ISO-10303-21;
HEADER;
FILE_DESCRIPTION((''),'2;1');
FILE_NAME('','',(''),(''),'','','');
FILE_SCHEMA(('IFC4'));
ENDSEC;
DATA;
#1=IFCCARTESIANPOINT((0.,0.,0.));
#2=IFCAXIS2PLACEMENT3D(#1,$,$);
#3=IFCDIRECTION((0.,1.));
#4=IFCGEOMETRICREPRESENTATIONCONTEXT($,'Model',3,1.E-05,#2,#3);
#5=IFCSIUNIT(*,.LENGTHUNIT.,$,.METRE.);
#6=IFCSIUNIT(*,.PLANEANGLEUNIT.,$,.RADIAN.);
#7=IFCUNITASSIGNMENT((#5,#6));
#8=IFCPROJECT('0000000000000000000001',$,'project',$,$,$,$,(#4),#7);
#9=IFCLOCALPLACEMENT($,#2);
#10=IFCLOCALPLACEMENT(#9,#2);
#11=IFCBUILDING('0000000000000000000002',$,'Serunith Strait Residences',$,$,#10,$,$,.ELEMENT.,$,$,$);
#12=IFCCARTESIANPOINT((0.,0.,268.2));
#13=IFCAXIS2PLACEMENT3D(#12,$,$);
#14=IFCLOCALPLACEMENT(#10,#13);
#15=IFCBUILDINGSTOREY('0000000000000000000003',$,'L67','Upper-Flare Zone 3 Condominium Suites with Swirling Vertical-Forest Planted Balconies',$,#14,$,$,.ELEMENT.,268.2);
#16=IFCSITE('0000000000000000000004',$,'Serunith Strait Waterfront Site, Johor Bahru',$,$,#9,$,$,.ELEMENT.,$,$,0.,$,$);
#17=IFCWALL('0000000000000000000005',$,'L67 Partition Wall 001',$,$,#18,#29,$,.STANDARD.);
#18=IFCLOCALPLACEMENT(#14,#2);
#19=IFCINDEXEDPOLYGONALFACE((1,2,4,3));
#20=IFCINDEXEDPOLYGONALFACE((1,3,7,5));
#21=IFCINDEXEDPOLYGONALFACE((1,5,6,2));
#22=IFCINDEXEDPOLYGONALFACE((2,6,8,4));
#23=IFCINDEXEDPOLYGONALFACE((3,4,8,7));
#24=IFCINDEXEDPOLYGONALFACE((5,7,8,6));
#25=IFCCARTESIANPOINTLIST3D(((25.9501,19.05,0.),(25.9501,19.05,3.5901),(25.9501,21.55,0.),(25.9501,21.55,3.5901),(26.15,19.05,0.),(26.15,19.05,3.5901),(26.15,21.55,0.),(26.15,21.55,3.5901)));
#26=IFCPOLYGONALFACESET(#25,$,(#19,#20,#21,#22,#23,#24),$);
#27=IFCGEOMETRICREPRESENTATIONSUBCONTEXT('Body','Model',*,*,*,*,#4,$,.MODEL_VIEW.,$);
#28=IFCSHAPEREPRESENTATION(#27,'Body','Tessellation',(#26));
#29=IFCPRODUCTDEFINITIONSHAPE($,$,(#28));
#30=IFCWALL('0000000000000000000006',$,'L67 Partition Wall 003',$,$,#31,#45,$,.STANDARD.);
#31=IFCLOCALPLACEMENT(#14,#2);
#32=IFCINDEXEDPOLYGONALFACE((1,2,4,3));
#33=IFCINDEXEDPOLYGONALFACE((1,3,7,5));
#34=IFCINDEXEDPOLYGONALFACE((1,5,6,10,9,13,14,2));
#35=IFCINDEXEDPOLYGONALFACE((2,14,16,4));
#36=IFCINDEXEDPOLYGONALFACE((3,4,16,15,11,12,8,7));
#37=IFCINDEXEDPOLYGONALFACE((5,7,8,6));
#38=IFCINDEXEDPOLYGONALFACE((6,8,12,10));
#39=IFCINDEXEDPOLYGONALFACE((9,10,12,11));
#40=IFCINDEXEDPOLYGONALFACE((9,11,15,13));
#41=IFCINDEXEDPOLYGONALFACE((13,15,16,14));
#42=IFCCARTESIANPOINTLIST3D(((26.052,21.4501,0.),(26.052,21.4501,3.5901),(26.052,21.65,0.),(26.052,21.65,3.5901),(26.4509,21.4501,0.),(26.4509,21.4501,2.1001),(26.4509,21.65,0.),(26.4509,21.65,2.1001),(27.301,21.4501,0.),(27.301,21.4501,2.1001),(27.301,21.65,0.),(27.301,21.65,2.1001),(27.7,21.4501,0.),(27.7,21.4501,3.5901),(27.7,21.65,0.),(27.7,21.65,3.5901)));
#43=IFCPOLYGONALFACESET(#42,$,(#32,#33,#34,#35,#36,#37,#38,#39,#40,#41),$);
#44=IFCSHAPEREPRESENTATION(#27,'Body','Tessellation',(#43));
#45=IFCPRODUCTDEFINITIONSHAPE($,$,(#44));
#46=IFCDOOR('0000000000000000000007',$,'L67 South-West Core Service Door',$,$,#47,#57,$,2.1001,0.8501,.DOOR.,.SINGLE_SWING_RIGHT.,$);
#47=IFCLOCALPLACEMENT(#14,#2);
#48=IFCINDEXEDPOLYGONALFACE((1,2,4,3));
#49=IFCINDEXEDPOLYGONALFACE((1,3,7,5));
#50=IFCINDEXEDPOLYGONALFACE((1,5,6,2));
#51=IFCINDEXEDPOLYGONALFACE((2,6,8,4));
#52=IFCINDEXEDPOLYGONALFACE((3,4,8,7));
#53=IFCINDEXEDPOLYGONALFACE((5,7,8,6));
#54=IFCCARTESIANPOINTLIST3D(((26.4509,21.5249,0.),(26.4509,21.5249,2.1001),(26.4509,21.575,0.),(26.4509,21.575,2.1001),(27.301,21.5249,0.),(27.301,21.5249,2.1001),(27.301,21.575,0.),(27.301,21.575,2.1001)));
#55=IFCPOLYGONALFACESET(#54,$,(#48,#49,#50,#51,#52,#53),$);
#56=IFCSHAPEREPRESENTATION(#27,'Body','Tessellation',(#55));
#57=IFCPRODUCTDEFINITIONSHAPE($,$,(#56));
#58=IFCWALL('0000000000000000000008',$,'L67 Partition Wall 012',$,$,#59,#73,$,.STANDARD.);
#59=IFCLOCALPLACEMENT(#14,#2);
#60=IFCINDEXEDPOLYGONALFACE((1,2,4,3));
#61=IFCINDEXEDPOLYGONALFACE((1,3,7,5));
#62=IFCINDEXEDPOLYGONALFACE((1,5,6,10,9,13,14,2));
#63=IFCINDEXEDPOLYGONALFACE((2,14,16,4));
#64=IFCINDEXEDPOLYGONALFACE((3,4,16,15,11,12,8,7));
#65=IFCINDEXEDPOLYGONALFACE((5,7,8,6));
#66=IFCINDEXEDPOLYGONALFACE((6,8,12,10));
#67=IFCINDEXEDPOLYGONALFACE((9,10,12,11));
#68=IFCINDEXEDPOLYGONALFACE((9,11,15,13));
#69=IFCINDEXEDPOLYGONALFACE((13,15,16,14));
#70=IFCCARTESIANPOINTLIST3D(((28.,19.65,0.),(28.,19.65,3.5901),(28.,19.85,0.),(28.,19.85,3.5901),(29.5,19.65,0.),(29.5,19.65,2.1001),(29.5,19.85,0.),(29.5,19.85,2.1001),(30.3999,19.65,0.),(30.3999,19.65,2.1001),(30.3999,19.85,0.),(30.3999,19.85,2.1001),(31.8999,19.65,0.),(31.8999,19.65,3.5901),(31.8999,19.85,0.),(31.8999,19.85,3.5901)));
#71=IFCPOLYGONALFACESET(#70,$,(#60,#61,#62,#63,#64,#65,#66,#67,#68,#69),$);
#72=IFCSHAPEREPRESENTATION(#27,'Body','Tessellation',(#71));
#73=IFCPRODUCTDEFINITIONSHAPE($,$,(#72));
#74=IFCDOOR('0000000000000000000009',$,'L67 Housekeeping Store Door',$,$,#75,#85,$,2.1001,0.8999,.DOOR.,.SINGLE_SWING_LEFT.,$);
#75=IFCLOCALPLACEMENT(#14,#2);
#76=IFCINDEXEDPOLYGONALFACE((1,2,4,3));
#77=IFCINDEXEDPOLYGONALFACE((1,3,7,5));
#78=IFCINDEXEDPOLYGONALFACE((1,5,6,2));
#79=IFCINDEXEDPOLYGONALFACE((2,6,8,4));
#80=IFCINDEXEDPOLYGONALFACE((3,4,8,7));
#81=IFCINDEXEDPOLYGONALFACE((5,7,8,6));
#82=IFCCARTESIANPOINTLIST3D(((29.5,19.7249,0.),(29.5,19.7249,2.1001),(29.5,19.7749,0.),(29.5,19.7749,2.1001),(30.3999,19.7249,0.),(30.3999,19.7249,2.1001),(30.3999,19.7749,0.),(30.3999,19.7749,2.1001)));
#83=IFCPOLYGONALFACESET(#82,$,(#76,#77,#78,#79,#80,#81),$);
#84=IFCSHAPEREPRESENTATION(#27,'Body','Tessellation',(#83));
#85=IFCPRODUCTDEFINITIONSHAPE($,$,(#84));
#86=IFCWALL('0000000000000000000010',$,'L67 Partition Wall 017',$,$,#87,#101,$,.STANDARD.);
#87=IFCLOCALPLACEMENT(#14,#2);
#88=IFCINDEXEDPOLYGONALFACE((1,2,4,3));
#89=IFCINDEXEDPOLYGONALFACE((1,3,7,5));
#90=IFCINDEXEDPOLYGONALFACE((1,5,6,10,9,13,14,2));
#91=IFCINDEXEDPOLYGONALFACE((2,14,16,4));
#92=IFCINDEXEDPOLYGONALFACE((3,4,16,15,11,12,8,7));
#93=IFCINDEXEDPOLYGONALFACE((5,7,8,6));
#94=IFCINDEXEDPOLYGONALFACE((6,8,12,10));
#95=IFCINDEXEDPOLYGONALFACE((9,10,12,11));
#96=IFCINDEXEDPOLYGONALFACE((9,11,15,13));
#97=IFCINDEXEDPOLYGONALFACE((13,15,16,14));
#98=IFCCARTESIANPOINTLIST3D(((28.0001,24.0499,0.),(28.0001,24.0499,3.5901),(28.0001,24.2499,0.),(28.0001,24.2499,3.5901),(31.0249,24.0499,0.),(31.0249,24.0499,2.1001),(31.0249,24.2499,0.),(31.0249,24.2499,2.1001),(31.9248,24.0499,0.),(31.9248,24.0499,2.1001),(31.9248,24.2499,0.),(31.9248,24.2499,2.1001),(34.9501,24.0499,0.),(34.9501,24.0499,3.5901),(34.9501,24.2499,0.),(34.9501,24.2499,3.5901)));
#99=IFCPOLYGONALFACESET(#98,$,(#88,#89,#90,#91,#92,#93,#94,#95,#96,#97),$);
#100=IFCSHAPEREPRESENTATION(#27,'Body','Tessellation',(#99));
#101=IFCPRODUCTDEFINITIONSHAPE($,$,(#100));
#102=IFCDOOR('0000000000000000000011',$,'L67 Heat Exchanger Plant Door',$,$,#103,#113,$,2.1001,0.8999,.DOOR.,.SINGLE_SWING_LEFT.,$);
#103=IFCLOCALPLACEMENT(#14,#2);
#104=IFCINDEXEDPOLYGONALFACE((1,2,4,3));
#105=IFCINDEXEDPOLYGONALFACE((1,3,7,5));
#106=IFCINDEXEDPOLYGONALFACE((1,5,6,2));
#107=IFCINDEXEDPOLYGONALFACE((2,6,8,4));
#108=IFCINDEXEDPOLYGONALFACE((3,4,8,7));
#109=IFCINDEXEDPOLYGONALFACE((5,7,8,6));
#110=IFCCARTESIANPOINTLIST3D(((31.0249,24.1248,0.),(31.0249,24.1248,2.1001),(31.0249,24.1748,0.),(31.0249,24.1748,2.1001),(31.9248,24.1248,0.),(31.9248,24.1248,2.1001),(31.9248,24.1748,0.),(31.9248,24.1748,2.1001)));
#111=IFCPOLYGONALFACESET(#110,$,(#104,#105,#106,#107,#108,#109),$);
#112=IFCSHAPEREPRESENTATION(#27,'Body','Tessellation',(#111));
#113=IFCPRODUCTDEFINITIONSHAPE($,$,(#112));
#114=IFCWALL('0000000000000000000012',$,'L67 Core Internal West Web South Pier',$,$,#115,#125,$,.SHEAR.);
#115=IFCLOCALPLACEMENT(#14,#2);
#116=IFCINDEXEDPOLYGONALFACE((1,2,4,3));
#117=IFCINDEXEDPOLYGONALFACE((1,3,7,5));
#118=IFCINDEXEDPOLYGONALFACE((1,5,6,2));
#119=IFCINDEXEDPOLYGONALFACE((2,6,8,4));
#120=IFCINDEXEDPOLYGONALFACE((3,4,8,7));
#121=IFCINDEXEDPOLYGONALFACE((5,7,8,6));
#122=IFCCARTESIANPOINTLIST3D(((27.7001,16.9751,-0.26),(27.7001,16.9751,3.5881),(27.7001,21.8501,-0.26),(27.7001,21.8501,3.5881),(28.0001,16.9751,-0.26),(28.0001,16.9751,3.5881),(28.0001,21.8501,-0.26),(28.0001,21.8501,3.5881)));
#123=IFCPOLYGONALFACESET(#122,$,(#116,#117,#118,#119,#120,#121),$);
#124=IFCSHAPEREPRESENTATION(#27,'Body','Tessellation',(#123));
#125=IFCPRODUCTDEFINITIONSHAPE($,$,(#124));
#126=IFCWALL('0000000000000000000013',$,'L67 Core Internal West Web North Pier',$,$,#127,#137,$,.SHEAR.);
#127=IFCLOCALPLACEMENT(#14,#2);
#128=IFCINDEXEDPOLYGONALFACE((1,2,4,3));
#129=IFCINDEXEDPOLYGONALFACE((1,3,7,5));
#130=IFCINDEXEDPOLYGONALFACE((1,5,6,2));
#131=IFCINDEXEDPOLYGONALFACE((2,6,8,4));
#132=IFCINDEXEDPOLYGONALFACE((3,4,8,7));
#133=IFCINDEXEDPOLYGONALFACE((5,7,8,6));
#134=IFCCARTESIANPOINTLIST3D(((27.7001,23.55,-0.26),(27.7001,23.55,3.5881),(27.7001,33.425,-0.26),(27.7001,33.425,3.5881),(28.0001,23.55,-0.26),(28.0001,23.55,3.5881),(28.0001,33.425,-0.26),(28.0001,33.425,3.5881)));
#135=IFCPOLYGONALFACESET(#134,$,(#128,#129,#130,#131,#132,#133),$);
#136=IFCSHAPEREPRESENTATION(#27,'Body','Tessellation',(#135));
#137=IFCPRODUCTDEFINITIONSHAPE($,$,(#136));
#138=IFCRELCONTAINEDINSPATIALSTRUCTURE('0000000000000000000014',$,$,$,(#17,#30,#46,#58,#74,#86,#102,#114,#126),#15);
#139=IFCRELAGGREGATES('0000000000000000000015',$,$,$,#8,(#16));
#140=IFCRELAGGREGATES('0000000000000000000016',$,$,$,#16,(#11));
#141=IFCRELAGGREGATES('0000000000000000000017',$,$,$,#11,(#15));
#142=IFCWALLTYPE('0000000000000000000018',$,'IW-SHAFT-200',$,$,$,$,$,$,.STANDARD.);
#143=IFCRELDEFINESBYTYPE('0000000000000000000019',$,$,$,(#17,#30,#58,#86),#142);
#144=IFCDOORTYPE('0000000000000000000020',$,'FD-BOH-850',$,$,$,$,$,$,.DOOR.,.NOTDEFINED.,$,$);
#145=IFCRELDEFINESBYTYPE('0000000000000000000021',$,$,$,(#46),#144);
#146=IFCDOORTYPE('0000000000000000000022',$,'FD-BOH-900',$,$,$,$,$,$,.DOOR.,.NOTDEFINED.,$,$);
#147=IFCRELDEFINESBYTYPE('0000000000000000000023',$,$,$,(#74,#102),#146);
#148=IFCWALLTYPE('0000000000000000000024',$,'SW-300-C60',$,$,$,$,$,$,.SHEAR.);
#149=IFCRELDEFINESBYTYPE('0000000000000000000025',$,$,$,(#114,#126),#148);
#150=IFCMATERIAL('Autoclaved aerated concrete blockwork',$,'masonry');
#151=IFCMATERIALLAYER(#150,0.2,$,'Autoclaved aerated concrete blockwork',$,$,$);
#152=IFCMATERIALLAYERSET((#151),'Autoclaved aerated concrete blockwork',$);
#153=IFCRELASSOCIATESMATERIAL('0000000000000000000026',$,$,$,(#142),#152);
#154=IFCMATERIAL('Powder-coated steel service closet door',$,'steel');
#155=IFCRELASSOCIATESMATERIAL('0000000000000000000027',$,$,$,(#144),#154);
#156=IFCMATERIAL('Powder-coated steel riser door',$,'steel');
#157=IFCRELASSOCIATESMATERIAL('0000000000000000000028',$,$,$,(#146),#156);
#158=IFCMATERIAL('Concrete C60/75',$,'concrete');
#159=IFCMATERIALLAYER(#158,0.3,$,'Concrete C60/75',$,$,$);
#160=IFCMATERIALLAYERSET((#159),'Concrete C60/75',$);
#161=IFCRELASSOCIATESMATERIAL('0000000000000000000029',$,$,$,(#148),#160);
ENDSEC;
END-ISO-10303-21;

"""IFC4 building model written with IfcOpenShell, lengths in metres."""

from ifc_helpers import new_model, si_unit, direction, frame, frame_2d, origin, place, context, subcontext, project, spatial, rectangle, extrude, source, transform, mapped, material, layer, layer_set, type_object, element, fill, save


model = new_model("IFC4")

# Units and contexts
model_context = context("Model", 3, precision=1e-05, world=origin(), true_north=direction((0.0, 1.0)))
body_context = subcontext(model_context, "Body", "Model", "MODEL_VIEW")
ifc_project = project(units=[si_unit("LENGTHUNIT", "METRE"), si_unit("PLANEANGLEUNIT", "RADIAN")], contexts=[model_context])

# Site, building, storey
site_placement = place(None, origin())
site = spatial("IfcSite", under=ifc_project, at=site_placement, Name="Serunith Strait Waterfront Site, Johor Bahru", CompositionType="ELEMENT", RefElevation=0.0)
building_placement = place(site_placement, origin())
building = spatial("IfcBuilding", under=site, at=building_placement, Name="Serunith Strait Residences", CompositionType="ELEMENT")
storey_placement = place(building_placement, frame((0.0, 0.0, 268.2)))
storey = spatial("IfcBuildingStorey", under=building, at=storey_placement, Name="L67", Description="Upper-Flare Zone 3 Condominium Suites with Swirling Vertical-Forest Planted Balconies", CompositionType="ELEMENT", Elevation=268.2)

# Shared definitions
shared_shape_1 = source(origin(), body_context, "Body", "SweptSolid", [
    extrude(rectangle(XDim=0.8999, YDim=2.1001, at=frame_2d((0.45, 1.05))), frame((0.0, 0.0249, 0.0), z_axis=(0.0, -1.0, 0.0), x_axis=(1.0, 0.0, 0.0)), (0.0, 0.0, 1.0), 0.05),
])
shared_shape_2 = source(origin(), body_context, "Body", "SweptSolid", [
    extrude(rectangle(XDim=0.8501, YDim=2.1001, at=frame_2d((0.425, 1.05))), frame((0.0, 0.0249, 0.0), z_axis=(0.0, -1.0, 0.0), x_axis=(1.0, 0.0, 0.0)), (0.0, 0.0, 1.0), 0.05),
])

# Wall
ifc_material_1 = material(Name="Autoclaved aerated concrete blockwork", Category="masonry")
ifc_layer_1 = layer(ifc_material_1, 0.2, Name="Autoclaved aerated concrete blockwork")
ifc_layer_set_1 = layer_set([ifc_layer_1], Name="Autoclaved aerated concrete blockwork")
wall_type_1 = type_object("IfcWallType", Name="IW-SHAFT-200", PredefinedType="STANDARD", material=ifc_layer_set_1)
wall_1_placement = place(storey_placement, frame((26.05, 19.05, 0.0), z_axis=(0.0, 0.0, 1.0), x_axis=(0.0, 1.0, 0.0)))
element("IfcWall", 1, at=wall_1_placement, inside=storey, type_object=wall_type_1, Name="L67 Partition Wall 001", PredefinedType="STANDARD", context=body_context, shape_type="SweptSolid", body=[
    extrude(rectangle(XDim=2.5, YDim=0.2, at=frame_2d((1.25, 0.0))), origin(), (0.0, 0.0, 1.0), 3.5901),
])

# Walls, openings, doors
wall_2_placement = place(storey_placement, frame((26.052, 21.55, 0.0), z_axis=(0.0, 0.0, 1.0), x_axis=(1.0, 0.0, 0.0)))
wall_2 = element("IfcWall", 2, at=wall_2_placement, inside=storey, type_object=wall_type_1, Name="L67 Partition Wall 003", PredefinedType="STANDARD", context=body_context, shape_type="SweptSolid", body=[
    extrude(rectangle(XDim=1.6479, YDim=0.2, at=frame_2d((0.824, 0.0))), origin(), (0.0, 0.0, 1.0), 3.5901),
])
opening_1_placement = place(wall_2_placement, frame((0.3989, 0.0, 0.0)))
opening_1 = element("IfcOpeningElement", 3, at=opening_1_placement, cuts=wall_2, PredefinedType="OPENING", context=body_context, shape_type="SweptSolid", body=[
    extrude(rectangle(XDim=0.8501, YDim=2.1001, at=frame_2d((0.425, 1.05))), frame((0.0, 0.1099, 0.0), z_axis=(0.0, -1.0, 0.0), x_axis=(1.0, 0.0, 0.0)), (0.0, 0.0, 1.0), 0.22),
])
ifc_material_2 = material(Name="Powder-coated steel service closet door", Category="steel")
door_type_1 = type_object("IfcDoorType", Name="FD-BOH-850", OperationType="NOTDEFINED", PredefinedType="DOOR", material=ifc_material_2)
door_1_placement = place(opening_1_placement, origin())
door_1 = element("IfcDoor", 4, at=door_1_placement, inside=storey, type_object=door_type_1, Name="L67 South-West Core Service Door", OperationType="SINGLE_SWING_RIGHT", OverallHeight=2.1001, OverallWidth=0.8501, PredefinedType="DOOR", context=body_context, shape_type="MappedRepresentation", body=[
    mapped(shared_shape_2, transform((0.0, 0.0, 0.0), scale=1.0)),
])
fill(opening_1, door_1)
wall_3_placement = place(storey_placement, frame((28.0, 19.75, 0.0), z_axis=(0.0, 0.0, 1.0), x_axis=(1.0, 0.0, 0.0)))
wall_3 = element("IfcWall", 5, at=wall_3_placement, inside=storey, type_object=wall_type_1, Name="L67 Partition Wall 012", PredefinedType="STANDARD", context=body_context, shape_type="SweptSolid", body=[
    extrude(rectangle(XDim=3.8999, YDim=0.2, at=frame_2d((1.95, 0.0))), origin(), (0.0, 0.0, 1.0), 3.5901),
])
opening_2_placement = place(wall_3_placement, frame((1.5, 0.0, 0.0)))
opening_2 = element("IfcOpeningElement", 6, at=opening_2_placement, cuts=wall_3, PredefinedType="OPENING", context=body_context, shape_type="SweptSolid", body=[
    extrude(rectangle(XDim=0.8999, YDim=2.1001, at=frame_2d((0.45, 1.05))), frame((0.0, 0.1099, 0.0), z_axis=(0.0, -1.0, 0.0), x_axis=(1.0, 0.0, 0.0)), (0.0, 0.0, 1.0), 0.22),
])
ifc_material_3 = material(Name="Powder-coated steel riser door", Category="steel")
door_type_2 = type_object("IfcDoorType", Name="FD-BOH-900", OperationType="NOTDEFINED", PredefinedType="DOOR", material=ifc_material_3)
door_2_placement = place(opening_2_placement, origin())
door_2 = element("IfcDoor", 7, at=door_2_placement, inside=storey, type_object=door_type_2, Name="L67 Housekeeping Store Door", OperationType="SINGLE_SWING_LEFT", OverallHeight=2.1001, OverallWidth=0.8999, PredefinedType="DOOR", context=body_context, shape_type="MappedRepresentation", body=[
    mapped(shared_shape_1, transform((0.0, 0.0, 0.0), scale=1.0)),
])
fill(opening_2, door_2)
wall_4_placement = place(storey_placement, frame((28.0, 24.1499, 0.0), z_axis=(0.0, 0.0, 1.0), x_axis=(1.0, 0.0, 0.0)))
wall_4 = element("IfcWall", 8, at=wall_4_placement, inside=storey, type_object=wall_type_1, Name="L67 Partition Wall 017", PredefinedType="STANDARD", context=body_context, shape_type="SweptSolid", body=[
    extrude(rectangle(XDim=6.95, YDim=0.2, at=frame_2d((3.4751, 0.0))), origin(), (0.0, 0.0, 1.0), 3.5901),
])
opening_3_placement = place(wall_4_placement, frame((3.0249, 0.0, 0.0)))
opening_3 = element("IfcOpeningElement", 9, at=opening_3_placement, cuts=wall_4, PredefinedType="OPENING", context=body_context, shape_type="SweptSolid", body=[
    extrude(rectangle(XDim=0.8999, YDim=2.1001, at=frame_2d((0.45, 1.05))), frame((0.0, 0.1099, 0.0), z_axis=(0.0, -1.0, 0.0), x_axis=(1.0, 0.0, 0.0)), (0.0, 0.0, 1.0), 0.22),
])
door_3_placement = place(opening_3_placement, origin())
door_3 = element("IfcDoor", 10, at=door_3_placement, inside=storey, type_object=door_type_2, Name="L67 Heat Exchanger Plant Door", OperationType="SINGLE_SWING_LEFT", OverallHeight=2.1001, OverallWidth=0.8999, PredefinedType="DOOR", context=body_context, shape_type="MappedRepresentation", body=[
    mapped(shared_shape_1, transform((0.0, 0.0, 0.0), scale=1.0)),
])
fill(opening_3, door_3)

# Walls
ifc_material_4 = material(Name="Concrete C60/75", Category="concrete")
ifc_layer_2 = layer(ifc_material_4, 0.3, Name="Concrete C60/75")
ifc_layer_set_2 = layer_set([ifc_layer_2], Name="Concrete C60/75")
wall_type_2 = type_object("IfcWallType", Name="SW-300-C60", PredefinedType="SHEAR", material=ifc_layer_set_2)
wall_5_placement = place(storey_placement, frame((27.8501, 16.9751, -0.26), z_axis=(0.0, 0.0, 1.0), x_axis=(0.0, 1.0, 0.0)))
element("IfcWall", 11, at=wall_5_placement, inside=storey, type_object=wall_type_2, Name="L67 Core Internal West Web South Pier", PredefinedType="SHEAR", context=body_context, shape_type="SweptSolid", body=[
    extrude(rectangle(XDim=4.875, YDim=0.3, at=frame_2d((2.4375, 0.0))), origin(), (0.0, 0.0, 1.0), 3.8481),
])
wall_6_placement = place(storey_placement, frame((27.8501, 23.55, -0.26), z_axis=(0.0, 0.0, 1.0), x_axis=(0.0, 1.0, 0.0)))
element("IfcWall", 12, at=wall_6_placement, inside=storey, type_object=wall_type_2, Name="L67 Core Internal West Web North Pier", PredefinedType="SHEAR", context=body_context, shape_type="SweptSolid", body=[
    extrude(rectangle(XDim=9.875, YDim=0.3, at=frame_2d((4.9375, 0.0))), origin(), (0.0, 0.0, 1.0), 3.8481),
])

save(model, "model.ifc")
